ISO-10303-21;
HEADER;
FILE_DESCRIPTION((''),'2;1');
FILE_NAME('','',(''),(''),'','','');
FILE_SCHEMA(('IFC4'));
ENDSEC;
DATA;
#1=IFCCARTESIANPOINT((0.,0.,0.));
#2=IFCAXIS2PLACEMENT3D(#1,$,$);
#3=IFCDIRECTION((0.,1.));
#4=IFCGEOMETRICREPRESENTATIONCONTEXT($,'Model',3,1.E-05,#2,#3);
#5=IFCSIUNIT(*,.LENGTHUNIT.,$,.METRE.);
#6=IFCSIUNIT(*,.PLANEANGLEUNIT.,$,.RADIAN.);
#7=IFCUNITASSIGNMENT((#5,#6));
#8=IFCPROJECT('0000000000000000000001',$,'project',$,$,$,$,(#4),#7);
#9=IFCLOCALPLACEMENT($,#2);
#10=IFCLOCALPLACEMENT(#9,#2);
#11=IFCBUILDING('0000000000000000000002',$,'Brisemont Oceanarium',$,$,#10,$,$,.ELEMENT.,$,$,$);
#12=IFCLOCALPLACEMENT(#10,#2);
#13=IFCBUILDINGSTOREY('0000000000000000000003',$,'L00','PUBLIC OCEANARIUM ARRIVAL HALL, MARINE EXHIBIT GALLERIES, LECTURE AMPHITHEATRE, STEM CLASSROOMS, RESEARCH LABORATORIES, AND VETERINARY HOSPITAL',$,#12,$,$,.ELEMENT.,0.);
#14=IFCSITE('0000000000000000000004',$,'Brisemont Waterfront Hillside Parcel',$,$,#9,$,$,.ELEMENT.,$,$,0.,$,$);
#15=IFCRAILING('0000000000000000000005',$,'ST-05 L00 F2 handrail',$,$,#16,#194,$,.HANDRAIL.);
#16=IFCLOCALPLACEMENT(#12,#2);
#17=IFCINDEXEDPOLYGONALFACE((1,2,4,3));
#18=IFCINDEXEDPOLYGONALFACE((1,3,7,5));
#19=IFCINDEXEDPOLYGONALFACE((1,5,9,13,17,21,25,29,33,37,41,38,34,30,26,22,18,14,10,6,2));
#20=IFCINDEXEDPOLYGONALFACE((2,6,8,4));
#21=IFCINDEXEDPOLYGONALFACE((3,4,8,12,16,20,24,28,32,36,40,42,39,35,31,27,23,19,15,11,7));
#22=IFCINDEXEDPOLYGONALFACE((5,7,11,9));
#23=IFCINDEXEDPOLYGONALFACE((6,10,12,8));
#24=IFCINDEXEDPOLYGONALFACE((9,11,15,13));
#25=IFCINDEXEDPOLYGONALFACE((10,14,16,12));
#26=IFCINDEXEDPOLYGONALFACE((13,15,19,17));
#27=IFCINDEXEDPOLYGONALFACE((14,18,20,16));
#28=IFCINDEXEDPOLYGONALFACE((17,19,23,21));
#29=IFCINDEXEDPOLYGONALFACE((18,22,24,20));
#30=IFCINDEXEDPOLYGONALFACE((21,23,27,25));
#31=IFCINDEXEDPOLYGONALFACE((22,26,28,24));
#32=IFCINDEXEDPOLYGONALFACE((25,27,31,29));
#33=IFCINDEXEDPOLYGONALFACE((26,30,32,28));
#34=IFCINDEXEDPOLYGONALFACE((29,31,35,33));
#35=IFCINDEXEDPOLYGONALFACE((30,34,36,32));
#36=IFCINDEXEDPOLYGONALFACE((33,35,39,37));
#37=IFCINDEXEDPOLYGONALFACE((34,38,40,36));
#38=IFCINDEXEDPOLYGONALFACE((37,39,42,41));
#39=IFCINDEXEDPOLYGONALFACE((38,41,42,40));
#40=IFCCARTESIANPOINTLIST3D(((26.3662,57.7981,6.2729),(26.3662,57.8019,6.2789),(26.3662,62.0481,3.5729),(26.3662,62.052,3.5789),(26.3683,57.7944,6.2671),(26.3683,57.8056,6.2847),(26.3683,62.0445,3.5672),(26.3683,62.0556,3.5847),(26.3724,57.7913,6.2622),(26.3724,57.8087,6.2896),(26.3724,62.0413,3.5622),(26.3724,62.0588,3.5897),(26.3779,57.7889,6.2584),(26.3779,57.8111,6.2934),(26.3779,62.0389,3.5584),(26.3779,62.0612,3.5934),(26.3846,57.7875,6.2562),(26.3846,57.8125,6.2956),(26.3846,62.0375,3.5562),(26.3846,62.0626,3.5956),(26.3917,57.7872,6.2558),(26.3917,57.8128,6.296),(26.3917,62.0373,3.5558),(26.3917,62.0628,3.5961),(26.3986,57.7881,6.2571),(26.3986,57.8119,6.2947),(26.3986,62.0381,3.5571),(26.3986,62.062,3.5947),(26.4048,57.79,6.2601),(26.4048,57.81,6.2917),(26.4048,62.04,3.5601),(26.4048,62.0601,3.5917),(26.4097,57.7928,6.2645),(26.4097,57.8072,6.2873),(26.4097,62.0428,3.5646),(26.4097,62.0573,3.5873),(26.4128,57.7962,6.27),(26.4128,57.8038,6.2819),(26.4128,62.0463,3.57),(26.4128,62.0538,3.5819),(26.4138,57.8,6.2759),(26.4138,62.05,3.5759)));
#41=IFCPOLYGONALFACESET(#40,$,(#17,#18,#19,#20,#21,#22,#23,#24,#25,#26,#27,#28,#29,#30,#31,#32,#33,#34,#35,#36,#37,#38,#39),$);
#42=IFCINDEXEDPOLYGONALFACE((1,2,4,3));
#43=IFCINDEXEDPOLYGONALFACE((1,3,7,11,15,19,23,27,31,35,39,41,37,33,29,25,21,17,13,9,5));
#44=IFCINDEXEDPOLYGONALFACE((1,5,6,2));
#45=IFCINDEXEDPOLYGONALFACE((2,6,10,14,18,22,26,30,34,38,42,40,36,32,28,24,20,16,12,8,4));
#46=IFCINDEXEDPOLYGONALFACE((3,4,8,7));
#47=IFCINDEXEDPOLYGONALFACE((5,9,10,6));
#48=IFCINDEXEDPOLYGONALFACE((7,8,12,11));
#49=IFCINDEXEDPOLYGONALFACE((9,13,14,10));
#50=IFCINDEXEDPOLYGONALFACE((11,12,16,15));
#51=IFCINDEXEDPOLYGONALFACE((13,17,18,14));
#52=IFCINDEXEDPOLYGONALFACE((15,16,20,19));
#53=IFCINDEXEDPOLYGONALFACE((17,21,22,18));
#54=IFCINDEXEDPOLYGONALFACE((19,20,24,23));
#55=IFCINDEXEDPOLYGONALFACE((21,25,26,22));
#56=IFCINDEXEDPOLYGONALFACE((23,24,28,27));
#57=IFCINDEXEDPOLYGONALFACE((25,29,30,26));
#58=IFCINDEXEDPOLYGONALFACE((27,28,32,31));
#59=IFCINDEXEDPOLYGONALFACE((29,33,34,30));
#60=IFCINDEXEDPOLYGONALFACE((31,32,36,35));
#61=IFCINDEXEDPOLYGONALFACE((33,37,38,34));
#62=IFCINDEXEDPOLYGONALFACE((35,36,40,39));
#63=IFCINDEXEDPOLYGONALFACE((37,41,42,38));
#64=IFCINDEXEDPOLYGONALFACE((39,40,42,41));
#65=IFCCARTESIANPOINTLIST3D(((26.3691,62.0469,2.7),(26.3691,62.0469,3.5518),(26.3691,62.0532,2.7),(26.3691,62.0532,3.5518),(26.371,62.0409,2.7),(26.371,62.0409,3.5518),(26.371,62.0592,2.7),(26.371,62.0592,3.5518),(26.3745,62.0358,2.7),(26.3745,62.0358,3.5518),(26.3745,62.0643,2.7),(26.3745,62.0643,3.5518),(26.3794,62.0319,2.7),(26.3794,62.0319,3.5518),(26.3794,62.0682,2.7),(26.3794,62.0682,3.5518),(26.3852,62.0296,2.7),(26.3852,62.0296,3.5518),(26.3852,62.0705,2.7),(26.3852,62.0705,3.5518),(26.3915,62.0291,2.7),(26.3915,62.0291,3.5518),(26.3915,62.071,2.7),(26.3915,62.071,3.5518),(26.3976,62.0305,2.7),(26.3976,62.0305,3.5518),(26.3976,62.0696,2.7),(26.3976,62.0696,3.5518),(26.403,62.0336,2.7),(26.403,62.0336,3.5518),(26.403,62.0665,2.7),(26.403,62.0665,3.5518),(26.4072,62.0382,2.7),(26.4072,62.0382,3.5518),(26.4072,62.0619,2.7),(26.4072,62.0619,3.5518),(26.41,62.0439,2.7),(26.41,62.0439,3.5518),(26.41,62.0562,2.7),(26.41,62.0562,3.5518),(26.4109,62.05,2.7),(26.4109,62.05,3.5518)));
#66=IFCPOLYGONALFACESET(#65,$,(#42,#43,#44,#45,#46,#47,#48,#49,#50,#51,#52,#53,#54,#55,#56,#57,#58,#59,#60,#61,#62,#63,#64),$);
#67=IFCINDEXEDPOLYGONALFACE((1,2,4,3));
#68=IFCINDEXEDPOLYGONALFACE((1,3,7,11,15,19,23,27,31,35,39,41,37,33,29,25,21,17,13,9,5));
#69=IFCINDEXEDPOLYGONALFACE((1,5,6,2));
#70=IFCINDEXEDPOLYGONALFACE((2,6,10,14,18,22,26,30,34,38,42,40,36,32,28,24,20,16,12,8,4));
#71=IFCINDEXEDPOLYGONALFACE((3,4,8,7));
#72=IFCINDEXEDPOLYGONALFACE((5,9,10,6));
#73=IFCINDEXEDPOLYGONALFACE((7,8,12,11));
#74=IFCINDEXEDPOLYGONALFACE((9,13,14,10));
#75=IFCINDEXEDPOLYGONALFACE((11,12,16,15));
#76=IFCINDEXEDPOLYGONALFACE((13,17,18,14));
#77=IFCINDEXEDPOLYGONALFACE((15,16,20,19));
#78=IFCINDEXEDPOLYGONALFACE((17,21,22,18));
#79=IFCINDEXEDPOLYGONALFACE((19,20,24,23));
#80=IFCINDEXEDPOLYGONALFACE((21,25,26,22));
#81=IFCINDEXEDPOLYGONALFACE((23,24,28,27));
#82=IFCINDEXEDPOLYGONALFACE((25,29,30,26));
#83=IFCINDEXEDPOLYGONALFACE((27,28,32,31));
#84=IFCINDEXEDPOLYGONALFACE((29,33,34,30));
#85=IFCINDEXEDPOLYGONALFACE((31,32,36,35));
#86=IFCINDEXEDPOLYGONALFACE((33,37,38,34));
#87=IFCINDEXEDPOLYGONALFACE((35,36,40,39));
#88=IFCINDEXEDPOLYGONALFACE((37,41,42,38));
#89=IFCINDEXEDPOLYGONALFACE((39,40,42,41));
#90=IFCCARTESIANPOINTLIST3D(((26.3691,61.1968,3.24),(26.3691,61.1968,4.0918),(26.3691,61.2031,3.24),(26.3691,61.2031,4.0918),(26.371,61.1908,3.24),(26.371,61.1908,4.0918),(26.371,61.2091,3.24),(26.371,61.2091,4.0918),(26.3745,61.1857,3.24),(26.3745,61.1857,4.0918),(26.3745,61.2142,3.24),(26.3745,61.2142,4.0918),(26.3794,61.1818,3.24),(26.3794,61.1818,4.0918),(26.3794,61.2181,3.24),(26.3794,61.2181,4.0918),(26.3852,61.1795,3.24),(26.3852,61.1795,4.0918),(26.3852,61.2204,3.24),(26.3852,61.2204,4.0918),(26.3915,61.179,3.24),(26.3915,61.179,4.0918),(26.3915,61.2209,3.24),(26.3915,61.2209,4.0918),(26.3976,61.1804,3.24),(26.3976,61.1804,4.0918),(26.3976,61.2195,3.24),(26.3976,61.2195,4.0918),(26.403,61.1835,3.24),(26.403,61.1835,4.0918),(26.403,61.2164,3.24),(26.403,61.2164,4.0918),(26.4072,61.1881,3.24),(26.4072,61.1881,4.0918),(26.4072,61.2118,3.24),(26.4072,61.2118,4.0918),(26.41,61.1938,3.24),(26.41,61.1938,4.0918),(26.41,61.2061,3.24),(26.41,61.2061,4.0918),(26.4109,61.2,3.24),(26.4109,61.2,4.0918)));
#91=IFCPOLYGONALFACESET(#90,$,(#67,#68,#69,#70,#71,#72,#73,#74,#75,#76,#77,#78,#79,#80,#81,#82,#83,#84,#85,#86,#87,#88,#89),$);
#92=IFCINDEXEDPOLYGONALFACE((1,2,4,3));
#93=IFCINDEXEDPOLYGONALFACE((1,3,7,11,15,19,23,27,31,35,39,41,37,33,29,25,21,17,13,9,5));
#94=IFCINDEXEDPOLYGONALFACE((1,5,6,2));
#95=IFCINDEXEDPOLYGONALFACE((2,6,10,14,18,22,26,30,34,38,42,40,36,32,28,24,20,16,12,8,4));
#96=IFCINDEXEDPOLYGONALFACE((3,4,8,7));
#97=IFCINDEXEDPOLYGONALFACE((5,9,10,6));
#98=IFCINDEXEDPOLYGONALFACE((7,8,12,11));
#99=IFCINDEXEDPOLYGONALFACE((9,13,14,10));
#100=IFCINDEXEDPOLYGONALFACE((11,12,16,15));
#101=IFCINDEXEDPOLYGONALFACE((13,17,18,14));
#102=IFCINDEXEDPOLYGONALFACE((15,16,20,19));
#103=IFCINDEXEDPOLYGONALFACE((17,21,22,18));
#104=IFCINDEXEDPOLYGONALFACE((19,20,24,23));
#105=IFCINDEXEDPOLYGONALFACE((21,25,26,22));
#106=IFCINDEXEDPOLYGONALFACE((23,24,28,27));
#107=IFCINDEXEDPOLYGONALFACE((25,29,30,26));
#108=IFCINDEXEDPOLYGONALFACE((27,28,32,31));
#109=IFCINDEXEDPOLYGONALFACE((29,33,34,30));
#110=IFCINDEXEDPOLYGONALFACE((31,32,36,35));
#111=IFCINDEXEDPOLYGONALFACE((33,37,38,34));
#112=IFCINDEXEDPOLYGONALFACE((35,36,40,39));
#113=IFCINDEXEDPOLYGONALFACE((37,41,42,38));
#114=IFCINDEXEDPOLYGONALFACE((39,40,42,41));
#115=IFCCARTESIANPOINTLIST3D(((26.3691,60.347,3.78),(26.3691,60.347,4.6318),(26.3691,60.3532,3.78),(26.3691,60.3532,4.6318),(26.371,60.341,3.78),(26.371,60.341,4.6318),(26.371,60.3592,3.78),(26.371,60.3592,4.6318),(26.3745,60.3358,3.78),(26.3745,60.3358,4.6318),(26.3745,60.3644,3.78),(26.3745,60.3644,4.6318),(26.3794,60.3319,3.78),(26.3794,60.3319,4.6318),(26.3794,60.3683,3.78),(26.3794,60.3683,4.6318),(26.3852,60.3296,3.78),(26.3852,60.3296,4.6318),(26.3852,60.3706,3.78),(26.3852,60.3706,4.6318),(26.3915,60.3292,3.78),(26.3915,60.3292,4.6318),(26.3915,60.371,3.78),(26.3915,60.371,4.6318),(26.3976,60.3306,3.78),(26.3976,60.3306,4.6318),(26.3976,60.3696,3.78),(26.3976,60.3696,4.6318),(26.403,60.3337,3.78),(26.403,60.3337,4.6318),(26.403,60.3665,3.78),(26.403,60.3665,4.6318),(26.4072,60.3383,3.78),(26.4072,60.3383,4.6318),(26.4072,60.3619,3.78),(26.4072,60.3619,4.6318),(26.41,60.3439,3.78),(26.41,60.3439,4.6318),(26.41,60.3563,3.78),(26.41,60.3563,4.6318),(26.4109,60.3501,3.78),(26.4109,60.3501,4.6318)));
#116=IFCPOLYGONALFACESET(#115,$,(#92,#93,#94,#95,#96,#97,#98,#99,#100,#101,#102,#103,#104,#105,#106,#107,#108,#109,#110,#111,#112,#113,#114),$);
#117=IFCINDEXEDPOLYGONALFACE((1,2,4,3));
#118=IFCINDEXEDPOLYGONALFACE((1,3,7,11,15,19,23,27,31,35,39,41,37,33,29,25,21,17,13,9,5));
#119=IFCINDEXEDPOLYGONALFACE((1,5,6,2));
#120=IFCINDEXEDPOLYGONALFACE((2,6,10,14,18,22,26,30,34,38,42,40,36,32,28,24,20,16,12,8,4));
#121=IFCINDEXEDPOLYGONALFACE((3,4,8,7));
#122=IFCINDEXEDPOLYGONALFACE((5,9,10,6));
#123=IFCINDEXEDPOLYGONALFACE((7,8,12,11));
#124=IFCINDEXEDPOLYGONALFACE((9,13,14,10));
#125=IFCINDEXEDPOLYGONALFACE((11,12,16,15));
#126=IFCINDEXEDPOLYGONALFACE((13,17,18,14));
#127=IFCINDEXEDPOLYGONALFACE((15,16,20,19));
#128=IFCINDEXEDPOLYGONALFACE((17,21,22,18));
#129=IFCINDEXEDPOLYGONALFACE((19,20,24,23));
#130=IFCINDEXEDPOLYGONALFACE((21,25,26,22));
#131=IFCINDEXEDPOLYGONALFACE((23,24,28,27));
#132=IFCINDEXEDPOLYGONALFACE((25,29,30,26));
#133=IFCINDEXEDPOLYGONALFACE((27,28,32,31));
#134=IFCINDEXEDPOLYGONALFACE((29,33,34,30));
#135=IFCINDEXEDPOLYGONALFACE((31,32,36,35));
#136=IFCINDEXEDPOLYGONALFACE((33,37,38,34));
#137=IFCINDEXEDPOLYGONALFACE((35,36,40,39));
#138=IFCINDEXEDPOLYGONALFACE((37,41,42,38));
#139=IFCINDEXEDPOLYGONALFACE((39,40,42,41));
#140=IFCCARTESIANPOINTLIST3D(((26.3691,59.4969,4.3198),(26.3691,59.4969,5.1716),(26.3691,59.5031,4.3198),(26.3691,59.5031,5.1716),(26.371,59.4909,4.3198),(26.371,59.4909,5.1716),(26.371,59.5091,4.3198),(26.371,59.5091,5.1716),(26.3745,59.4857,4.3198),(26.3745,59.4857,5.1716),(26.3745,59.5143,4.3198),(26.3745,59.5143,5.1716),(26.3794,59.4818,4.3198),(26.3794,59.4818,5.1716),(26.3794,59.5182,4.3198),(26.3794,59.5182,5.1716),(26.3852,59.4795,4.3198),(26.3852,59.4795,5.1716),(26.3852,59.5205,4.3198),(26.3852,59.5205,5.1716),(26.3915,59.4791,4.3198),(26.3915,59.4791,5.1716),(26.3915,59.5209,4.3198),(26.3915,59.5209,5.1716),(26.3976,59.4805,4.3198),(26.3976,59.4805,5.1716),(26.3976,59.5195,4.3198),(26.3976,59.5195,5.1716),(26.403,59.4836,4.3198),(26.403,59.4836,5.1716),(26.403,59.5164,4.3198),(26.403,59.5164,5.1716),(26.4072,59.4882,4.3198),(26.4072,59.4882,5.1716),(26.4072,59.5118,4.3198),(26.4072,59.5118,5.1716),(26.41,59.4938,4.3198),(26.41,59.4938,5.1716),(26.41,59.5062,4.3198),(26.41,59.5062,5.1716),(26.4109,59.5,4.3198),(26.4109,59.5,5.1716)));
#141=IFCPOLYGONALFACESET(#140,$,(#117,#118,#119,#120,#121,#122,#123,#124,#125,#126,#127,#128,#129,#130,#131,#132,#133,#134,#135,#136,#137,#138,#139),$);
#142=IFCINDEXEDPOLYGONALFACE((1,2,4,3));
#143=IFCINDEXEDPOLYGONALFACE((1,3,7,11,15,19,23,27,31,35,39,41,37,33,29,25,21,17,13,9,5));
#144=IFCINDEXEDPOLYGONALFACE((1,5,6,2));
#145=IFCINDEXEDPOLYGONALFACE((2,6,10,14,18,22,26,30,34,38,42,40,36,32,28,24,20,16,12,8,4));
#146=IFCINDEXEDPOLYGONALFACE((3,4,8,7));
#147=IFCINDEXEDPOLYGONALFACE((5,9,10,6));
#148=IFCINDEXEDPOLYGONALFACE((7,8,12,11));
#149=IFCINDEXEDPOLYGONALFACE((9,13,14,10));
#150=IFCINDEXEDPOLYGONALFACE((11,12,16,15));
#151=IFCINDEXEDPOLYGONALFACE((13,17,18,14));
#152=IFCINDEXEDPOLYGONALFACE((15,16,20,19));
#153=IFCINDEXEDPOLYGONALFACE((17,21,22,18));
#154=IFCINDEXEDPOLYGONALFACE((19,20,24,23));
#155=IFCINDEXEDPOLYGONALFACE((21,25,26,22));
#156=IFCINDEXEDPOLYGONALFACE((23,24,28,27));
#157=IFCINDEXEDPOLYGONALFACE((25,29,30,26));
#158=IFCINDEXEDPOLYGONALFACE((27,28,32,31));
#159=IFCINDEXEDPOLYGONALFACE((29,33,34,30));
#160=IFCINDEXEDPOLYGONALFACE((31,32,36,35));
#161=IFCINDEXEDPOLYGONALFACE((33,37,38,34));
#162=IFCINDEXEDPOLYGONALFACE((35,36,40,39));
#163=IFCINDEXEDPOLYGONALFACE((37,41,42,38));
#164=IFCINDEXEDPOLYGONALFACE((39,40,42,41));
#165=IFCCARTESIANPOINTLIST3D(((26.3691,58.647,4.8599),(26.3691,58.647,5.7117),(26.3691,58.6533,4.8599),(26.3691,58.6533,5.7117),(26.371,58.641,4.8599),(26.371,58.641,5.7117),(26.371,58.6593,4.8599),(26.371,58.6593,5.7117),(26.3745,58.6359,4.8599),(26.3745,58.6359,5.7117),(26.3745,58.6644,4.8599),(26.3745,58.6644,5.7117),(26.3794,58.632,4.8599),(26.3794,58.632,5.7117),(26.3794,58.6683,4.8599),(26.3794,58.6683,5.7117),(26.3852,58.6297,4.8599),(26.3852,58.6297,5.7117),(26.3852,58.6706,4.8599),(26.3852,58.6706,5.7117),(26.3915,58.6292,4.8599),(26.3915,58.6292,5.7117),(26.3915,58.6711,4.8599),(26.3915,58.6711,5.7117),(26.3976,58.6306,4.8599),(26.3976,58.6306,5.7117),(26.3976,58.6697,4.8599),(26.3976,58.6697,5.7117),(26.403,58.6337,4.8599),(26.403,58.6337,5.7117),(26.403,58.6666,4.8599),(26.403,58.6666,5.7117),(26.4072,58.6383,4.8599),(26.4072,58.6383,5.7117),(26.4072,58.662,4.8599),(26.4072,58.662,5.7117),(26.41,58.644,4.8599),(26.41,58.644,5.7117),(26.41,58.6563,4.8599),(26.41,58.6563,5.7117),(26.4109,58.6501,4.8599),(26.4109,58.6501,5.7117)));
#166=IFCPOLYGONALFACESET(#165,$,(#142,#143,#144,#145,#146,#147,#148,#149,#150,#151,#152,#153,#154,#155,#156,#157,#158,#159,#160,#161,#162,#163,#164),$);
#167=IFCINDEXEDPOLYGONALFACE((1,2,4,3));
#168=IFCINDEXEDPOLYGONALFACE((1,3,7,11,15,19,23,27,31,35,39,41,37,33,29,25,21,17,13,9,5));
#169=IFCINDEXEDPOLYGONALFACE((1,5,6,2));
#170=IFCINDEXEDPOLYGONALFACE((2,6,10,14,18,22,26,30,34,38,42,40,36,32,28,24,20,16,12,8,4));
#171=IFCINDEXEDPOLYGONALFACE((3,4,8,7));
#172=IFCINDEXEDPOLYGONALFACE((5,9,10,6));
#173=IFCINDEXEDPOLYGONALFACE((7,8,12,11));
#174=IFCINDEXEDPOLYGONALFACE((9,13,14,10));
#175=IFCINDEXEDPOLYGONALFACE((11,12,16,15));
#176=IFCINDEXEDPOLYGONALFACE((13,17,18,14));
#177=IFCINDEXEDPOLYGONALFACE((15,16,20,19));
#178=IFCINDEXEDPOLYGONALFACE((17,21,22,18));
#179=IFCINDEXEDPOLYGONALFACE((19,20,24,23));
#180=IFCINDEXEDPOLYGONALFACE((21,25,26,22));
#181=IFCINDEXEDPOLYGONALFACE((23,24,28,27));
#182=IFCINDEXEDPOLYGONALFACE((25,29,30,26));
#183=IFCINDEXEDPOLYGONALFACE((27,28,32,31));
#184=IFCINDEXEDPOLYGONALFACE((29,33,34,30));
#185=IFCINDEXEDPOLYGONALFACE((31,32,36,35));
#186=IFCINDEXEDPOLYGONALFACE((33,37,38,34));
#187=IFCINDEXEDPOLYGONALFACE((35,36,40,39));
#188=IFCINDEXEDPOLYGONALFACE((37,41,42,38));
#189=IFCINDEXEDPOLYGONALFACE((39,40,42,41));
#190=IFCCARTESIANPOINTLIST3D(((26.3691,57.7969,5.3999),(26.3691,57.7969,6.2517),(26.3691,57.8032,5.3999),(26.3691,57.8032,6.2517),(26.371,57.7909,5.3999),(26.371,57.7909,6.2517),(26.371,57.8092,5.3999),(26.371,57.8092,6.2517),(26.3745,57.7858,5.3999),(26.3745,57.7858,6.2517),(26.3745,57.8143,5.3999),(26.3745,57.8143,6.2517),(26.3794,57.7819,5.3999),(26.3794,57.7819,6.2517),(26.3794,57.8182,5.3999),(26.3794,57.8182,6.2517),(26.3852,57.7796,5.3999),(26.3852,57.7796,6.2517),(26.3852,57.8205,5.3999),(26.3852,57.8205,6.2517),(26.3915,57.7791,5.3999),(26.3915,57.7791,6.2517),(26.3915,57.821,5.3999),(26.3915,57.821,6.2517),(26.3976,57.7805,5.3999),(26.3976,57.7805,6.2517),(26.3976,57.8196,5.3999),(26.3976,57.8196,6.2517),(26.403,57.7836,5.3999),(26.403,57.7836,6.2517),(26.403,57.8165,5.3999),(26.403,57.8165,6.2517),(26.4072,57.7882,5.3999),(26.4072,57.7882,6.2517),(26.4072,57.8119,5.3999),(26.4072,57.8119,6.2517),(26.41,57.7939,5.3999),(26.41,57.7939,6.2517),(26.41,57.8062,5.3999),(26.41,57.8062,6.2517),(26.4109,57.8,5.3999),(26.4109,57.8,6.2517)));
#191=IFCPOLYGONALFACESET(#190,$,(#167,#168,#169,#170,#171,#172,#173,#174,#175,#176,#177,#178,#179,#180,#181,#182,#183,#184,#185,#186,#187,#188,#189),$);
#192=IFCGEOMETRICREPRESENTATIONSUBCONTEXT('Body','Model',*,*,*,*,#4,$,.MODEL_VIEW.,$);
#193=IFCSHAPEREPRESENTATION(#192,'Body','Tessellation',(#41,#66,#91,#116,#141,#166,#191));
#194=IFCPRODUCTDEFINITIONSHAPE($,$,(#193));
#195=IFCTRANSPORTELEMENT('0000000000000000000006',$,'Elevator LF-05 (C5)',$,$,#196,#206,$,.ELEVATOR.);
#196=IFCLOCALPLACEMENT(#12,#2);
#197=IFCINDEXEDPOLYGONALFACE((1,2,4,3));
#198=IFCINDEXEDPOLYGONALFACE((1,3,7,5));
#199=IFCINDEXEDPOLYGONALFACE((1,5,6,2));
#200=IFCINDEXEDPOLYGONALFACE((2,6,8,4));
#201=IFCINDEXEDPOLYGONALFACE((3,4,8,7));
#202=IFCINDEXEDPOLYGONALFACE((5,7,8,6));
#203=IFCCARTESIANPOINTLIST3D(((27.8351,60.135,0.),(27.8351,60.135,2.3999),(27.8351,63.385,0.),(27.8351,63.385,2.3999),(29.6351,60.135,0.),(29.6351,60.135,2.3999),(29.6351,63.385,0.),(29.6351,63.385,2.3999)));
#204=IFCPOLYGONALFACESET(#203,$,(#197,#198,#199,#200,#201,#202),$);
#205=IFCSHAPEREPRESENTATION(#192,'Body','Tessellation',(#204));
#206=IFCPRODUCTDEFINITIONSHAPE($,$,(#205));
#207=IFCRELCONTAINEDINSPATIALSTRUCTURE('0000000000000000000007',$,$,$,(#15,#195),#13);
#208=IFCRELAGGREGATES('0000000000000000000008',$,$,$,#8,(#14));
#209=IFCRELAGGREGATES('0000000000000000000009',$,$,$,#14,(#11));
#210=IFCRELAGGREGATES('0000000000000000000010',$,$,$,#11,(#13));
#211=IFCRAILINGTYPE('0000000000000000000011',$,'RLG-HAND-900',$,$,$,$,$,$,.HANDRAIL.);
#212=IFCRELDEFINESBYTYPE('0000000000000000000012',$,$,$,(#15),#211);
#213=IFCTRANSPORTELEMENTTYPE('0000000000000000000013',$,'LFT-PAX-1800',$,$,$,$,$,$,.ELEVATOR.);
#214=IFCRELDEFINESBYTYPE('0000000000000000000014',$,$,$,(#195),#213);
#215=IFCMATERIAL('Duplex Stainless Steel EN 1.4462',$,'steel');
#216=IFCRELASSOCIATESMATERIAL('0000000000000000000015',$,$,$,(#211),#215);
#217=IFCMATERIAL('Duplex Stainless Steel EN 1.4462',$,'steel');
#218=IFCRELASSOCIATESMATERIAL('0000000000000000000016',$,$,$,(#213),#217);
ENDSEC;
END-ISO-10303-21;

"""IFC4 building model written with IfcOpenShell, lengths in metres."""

from ifc_helpers import new_model, si_unit, direction, frame, origin, origin_2d, place, context, subcontext, project, spatial, rectangle, circle, extrude, material, type_object, element, save


model = new_model("IFC4")

# Units and contexts
model_context = context("Model", 3, precision=1e-05, world=origin(), true_north=direction((0.0, 1.0)))
body_context = subcontext(model_context, "Body", "Model", "MODEL_VIEW")
ifc_project = project(units=[si_unit("LENGTHUNIT", "METRE"), si_unit("PLANEANGLEUNIT", "RADIAN")], contexts=[model_context])

# Site, building, storey
site_placement = place(None, origin())
site = spatial("IfcSite", under=ifc_project, at=site_placement, Name="Brisemont Waterfront Hillside Parcel", CompositionType="ELEMENT", RefElevation=0.0)
building_placement = place(site_placement, origin())
building = spatial("IfcBuilding", under=site, at=building_placement, Name="Brisemont Oceanarium", CompositionType="ELEMENT")
storey_placement = place(building_placement, origin())
storey = spatial("IfcBuildingStorey", under=building, at=storey_placement, Name="L00", Description="PUBLIC OCEANARIUM ARRIVAL HALL, MARINE EXHIBIT GALLERIES, LECTURE AMPHITHEATRE, STEM CLASSROOMS, RESEARCH LABORATORIES, AND VETERINARY HOSPITAL", CompositionType="ELEMENT", Elevation=0.0)

# Railing
ifc_material_1 = material(Name="Duplex Stainless Steel EN 1.4462", Category="steel")
railing_type_1 = type_object("IfcRailingType", Name="RLG-HAND-900", PredefinedType="HANDRAIL", material=ifc_material_1)
railing_1_placement = place(storey_placement, frame((26.3899, 62.05, 2.7)))
element("IfcRailing", 1, at=railing_1_placement, inside=storey, type_object=railing_type_1, Name="ST-05 L00 F2 handrail", PredefinedType="HANDRAIL", context=body_context, shape_type="SweptSolid", body=[
    extrude(circle(Radius=0.0239, at=origin_2d()), frame((0.0, 0.0, 0.876), z_axis=(0.0, -0.844075, 0.536226), x_axis=(1.0, 0.0, 0.0)), (0.0, 0.0, 1.0), 5.0352),
    extrude(circle(Radius=0.021, at=origin_2d()), origin(), (0.0, 0.0, 1.0), 0.8518),
    extrude(circle(Radius=0.021, at=origin_2d()), frame((0.0, -0.8501, 0.54)), (0.0, 0.0, 1.0), 0.8518),
    extrude(circle(Radius=0.021, at=origin_2d()), frame((0.0, -1.7, 1.0801)), (0.0, 0.0, 1.0), 0.8518),
    extrude(circle(Radius=0.021, at=origin_2d()), frame((0.0, -2.55, 1.6199)), (0.0, 0.0, 1.0), 0.8518),
    extrude(circle(Radius=0.021, at=origin_2d()), frame((0.0, -3.3999, 2.1599)), (0.0, 0.0, 1.0), 0.8518),
    extrude(circle(Radius=0.021, at=origin_2d()), frame((0.0, -4.25, 2.7)), (0.0, 0.0, 1.0), 0.8518),
])

# Transport element
ifc_material_2 = material(Name="Duplex Stainless Steel EN 1.4462", Category="steel")
transport_element_type = type_object("IfcTransportElementType", Name="LFT-PAX-1800", PredefinedType="ELEVATOR", material=ifc_material_2)
transport_element_placement = place(storey_placement, frame((28.7351, 61.76, 0.0), z_axis=(0.0, 0.0, 1.0), x_axis=(1.0, 0.0, 0.0)))
element("IfcTransportElement", 2, at=transport_element_placement, inside=storey, type_object=transport_element_type, Name="Elevator LF-05 (C5)", PredefinedType="ELEVATOR", context=body_context, shape_type="SweptSolid", body=[
    extrude(rectangle(XDim=1.8, YDim=3.25, at=origin_2d()), origin(), (0.0, 0.0, 1.0), 2.3999),
])

save(model, "model.ifc")
